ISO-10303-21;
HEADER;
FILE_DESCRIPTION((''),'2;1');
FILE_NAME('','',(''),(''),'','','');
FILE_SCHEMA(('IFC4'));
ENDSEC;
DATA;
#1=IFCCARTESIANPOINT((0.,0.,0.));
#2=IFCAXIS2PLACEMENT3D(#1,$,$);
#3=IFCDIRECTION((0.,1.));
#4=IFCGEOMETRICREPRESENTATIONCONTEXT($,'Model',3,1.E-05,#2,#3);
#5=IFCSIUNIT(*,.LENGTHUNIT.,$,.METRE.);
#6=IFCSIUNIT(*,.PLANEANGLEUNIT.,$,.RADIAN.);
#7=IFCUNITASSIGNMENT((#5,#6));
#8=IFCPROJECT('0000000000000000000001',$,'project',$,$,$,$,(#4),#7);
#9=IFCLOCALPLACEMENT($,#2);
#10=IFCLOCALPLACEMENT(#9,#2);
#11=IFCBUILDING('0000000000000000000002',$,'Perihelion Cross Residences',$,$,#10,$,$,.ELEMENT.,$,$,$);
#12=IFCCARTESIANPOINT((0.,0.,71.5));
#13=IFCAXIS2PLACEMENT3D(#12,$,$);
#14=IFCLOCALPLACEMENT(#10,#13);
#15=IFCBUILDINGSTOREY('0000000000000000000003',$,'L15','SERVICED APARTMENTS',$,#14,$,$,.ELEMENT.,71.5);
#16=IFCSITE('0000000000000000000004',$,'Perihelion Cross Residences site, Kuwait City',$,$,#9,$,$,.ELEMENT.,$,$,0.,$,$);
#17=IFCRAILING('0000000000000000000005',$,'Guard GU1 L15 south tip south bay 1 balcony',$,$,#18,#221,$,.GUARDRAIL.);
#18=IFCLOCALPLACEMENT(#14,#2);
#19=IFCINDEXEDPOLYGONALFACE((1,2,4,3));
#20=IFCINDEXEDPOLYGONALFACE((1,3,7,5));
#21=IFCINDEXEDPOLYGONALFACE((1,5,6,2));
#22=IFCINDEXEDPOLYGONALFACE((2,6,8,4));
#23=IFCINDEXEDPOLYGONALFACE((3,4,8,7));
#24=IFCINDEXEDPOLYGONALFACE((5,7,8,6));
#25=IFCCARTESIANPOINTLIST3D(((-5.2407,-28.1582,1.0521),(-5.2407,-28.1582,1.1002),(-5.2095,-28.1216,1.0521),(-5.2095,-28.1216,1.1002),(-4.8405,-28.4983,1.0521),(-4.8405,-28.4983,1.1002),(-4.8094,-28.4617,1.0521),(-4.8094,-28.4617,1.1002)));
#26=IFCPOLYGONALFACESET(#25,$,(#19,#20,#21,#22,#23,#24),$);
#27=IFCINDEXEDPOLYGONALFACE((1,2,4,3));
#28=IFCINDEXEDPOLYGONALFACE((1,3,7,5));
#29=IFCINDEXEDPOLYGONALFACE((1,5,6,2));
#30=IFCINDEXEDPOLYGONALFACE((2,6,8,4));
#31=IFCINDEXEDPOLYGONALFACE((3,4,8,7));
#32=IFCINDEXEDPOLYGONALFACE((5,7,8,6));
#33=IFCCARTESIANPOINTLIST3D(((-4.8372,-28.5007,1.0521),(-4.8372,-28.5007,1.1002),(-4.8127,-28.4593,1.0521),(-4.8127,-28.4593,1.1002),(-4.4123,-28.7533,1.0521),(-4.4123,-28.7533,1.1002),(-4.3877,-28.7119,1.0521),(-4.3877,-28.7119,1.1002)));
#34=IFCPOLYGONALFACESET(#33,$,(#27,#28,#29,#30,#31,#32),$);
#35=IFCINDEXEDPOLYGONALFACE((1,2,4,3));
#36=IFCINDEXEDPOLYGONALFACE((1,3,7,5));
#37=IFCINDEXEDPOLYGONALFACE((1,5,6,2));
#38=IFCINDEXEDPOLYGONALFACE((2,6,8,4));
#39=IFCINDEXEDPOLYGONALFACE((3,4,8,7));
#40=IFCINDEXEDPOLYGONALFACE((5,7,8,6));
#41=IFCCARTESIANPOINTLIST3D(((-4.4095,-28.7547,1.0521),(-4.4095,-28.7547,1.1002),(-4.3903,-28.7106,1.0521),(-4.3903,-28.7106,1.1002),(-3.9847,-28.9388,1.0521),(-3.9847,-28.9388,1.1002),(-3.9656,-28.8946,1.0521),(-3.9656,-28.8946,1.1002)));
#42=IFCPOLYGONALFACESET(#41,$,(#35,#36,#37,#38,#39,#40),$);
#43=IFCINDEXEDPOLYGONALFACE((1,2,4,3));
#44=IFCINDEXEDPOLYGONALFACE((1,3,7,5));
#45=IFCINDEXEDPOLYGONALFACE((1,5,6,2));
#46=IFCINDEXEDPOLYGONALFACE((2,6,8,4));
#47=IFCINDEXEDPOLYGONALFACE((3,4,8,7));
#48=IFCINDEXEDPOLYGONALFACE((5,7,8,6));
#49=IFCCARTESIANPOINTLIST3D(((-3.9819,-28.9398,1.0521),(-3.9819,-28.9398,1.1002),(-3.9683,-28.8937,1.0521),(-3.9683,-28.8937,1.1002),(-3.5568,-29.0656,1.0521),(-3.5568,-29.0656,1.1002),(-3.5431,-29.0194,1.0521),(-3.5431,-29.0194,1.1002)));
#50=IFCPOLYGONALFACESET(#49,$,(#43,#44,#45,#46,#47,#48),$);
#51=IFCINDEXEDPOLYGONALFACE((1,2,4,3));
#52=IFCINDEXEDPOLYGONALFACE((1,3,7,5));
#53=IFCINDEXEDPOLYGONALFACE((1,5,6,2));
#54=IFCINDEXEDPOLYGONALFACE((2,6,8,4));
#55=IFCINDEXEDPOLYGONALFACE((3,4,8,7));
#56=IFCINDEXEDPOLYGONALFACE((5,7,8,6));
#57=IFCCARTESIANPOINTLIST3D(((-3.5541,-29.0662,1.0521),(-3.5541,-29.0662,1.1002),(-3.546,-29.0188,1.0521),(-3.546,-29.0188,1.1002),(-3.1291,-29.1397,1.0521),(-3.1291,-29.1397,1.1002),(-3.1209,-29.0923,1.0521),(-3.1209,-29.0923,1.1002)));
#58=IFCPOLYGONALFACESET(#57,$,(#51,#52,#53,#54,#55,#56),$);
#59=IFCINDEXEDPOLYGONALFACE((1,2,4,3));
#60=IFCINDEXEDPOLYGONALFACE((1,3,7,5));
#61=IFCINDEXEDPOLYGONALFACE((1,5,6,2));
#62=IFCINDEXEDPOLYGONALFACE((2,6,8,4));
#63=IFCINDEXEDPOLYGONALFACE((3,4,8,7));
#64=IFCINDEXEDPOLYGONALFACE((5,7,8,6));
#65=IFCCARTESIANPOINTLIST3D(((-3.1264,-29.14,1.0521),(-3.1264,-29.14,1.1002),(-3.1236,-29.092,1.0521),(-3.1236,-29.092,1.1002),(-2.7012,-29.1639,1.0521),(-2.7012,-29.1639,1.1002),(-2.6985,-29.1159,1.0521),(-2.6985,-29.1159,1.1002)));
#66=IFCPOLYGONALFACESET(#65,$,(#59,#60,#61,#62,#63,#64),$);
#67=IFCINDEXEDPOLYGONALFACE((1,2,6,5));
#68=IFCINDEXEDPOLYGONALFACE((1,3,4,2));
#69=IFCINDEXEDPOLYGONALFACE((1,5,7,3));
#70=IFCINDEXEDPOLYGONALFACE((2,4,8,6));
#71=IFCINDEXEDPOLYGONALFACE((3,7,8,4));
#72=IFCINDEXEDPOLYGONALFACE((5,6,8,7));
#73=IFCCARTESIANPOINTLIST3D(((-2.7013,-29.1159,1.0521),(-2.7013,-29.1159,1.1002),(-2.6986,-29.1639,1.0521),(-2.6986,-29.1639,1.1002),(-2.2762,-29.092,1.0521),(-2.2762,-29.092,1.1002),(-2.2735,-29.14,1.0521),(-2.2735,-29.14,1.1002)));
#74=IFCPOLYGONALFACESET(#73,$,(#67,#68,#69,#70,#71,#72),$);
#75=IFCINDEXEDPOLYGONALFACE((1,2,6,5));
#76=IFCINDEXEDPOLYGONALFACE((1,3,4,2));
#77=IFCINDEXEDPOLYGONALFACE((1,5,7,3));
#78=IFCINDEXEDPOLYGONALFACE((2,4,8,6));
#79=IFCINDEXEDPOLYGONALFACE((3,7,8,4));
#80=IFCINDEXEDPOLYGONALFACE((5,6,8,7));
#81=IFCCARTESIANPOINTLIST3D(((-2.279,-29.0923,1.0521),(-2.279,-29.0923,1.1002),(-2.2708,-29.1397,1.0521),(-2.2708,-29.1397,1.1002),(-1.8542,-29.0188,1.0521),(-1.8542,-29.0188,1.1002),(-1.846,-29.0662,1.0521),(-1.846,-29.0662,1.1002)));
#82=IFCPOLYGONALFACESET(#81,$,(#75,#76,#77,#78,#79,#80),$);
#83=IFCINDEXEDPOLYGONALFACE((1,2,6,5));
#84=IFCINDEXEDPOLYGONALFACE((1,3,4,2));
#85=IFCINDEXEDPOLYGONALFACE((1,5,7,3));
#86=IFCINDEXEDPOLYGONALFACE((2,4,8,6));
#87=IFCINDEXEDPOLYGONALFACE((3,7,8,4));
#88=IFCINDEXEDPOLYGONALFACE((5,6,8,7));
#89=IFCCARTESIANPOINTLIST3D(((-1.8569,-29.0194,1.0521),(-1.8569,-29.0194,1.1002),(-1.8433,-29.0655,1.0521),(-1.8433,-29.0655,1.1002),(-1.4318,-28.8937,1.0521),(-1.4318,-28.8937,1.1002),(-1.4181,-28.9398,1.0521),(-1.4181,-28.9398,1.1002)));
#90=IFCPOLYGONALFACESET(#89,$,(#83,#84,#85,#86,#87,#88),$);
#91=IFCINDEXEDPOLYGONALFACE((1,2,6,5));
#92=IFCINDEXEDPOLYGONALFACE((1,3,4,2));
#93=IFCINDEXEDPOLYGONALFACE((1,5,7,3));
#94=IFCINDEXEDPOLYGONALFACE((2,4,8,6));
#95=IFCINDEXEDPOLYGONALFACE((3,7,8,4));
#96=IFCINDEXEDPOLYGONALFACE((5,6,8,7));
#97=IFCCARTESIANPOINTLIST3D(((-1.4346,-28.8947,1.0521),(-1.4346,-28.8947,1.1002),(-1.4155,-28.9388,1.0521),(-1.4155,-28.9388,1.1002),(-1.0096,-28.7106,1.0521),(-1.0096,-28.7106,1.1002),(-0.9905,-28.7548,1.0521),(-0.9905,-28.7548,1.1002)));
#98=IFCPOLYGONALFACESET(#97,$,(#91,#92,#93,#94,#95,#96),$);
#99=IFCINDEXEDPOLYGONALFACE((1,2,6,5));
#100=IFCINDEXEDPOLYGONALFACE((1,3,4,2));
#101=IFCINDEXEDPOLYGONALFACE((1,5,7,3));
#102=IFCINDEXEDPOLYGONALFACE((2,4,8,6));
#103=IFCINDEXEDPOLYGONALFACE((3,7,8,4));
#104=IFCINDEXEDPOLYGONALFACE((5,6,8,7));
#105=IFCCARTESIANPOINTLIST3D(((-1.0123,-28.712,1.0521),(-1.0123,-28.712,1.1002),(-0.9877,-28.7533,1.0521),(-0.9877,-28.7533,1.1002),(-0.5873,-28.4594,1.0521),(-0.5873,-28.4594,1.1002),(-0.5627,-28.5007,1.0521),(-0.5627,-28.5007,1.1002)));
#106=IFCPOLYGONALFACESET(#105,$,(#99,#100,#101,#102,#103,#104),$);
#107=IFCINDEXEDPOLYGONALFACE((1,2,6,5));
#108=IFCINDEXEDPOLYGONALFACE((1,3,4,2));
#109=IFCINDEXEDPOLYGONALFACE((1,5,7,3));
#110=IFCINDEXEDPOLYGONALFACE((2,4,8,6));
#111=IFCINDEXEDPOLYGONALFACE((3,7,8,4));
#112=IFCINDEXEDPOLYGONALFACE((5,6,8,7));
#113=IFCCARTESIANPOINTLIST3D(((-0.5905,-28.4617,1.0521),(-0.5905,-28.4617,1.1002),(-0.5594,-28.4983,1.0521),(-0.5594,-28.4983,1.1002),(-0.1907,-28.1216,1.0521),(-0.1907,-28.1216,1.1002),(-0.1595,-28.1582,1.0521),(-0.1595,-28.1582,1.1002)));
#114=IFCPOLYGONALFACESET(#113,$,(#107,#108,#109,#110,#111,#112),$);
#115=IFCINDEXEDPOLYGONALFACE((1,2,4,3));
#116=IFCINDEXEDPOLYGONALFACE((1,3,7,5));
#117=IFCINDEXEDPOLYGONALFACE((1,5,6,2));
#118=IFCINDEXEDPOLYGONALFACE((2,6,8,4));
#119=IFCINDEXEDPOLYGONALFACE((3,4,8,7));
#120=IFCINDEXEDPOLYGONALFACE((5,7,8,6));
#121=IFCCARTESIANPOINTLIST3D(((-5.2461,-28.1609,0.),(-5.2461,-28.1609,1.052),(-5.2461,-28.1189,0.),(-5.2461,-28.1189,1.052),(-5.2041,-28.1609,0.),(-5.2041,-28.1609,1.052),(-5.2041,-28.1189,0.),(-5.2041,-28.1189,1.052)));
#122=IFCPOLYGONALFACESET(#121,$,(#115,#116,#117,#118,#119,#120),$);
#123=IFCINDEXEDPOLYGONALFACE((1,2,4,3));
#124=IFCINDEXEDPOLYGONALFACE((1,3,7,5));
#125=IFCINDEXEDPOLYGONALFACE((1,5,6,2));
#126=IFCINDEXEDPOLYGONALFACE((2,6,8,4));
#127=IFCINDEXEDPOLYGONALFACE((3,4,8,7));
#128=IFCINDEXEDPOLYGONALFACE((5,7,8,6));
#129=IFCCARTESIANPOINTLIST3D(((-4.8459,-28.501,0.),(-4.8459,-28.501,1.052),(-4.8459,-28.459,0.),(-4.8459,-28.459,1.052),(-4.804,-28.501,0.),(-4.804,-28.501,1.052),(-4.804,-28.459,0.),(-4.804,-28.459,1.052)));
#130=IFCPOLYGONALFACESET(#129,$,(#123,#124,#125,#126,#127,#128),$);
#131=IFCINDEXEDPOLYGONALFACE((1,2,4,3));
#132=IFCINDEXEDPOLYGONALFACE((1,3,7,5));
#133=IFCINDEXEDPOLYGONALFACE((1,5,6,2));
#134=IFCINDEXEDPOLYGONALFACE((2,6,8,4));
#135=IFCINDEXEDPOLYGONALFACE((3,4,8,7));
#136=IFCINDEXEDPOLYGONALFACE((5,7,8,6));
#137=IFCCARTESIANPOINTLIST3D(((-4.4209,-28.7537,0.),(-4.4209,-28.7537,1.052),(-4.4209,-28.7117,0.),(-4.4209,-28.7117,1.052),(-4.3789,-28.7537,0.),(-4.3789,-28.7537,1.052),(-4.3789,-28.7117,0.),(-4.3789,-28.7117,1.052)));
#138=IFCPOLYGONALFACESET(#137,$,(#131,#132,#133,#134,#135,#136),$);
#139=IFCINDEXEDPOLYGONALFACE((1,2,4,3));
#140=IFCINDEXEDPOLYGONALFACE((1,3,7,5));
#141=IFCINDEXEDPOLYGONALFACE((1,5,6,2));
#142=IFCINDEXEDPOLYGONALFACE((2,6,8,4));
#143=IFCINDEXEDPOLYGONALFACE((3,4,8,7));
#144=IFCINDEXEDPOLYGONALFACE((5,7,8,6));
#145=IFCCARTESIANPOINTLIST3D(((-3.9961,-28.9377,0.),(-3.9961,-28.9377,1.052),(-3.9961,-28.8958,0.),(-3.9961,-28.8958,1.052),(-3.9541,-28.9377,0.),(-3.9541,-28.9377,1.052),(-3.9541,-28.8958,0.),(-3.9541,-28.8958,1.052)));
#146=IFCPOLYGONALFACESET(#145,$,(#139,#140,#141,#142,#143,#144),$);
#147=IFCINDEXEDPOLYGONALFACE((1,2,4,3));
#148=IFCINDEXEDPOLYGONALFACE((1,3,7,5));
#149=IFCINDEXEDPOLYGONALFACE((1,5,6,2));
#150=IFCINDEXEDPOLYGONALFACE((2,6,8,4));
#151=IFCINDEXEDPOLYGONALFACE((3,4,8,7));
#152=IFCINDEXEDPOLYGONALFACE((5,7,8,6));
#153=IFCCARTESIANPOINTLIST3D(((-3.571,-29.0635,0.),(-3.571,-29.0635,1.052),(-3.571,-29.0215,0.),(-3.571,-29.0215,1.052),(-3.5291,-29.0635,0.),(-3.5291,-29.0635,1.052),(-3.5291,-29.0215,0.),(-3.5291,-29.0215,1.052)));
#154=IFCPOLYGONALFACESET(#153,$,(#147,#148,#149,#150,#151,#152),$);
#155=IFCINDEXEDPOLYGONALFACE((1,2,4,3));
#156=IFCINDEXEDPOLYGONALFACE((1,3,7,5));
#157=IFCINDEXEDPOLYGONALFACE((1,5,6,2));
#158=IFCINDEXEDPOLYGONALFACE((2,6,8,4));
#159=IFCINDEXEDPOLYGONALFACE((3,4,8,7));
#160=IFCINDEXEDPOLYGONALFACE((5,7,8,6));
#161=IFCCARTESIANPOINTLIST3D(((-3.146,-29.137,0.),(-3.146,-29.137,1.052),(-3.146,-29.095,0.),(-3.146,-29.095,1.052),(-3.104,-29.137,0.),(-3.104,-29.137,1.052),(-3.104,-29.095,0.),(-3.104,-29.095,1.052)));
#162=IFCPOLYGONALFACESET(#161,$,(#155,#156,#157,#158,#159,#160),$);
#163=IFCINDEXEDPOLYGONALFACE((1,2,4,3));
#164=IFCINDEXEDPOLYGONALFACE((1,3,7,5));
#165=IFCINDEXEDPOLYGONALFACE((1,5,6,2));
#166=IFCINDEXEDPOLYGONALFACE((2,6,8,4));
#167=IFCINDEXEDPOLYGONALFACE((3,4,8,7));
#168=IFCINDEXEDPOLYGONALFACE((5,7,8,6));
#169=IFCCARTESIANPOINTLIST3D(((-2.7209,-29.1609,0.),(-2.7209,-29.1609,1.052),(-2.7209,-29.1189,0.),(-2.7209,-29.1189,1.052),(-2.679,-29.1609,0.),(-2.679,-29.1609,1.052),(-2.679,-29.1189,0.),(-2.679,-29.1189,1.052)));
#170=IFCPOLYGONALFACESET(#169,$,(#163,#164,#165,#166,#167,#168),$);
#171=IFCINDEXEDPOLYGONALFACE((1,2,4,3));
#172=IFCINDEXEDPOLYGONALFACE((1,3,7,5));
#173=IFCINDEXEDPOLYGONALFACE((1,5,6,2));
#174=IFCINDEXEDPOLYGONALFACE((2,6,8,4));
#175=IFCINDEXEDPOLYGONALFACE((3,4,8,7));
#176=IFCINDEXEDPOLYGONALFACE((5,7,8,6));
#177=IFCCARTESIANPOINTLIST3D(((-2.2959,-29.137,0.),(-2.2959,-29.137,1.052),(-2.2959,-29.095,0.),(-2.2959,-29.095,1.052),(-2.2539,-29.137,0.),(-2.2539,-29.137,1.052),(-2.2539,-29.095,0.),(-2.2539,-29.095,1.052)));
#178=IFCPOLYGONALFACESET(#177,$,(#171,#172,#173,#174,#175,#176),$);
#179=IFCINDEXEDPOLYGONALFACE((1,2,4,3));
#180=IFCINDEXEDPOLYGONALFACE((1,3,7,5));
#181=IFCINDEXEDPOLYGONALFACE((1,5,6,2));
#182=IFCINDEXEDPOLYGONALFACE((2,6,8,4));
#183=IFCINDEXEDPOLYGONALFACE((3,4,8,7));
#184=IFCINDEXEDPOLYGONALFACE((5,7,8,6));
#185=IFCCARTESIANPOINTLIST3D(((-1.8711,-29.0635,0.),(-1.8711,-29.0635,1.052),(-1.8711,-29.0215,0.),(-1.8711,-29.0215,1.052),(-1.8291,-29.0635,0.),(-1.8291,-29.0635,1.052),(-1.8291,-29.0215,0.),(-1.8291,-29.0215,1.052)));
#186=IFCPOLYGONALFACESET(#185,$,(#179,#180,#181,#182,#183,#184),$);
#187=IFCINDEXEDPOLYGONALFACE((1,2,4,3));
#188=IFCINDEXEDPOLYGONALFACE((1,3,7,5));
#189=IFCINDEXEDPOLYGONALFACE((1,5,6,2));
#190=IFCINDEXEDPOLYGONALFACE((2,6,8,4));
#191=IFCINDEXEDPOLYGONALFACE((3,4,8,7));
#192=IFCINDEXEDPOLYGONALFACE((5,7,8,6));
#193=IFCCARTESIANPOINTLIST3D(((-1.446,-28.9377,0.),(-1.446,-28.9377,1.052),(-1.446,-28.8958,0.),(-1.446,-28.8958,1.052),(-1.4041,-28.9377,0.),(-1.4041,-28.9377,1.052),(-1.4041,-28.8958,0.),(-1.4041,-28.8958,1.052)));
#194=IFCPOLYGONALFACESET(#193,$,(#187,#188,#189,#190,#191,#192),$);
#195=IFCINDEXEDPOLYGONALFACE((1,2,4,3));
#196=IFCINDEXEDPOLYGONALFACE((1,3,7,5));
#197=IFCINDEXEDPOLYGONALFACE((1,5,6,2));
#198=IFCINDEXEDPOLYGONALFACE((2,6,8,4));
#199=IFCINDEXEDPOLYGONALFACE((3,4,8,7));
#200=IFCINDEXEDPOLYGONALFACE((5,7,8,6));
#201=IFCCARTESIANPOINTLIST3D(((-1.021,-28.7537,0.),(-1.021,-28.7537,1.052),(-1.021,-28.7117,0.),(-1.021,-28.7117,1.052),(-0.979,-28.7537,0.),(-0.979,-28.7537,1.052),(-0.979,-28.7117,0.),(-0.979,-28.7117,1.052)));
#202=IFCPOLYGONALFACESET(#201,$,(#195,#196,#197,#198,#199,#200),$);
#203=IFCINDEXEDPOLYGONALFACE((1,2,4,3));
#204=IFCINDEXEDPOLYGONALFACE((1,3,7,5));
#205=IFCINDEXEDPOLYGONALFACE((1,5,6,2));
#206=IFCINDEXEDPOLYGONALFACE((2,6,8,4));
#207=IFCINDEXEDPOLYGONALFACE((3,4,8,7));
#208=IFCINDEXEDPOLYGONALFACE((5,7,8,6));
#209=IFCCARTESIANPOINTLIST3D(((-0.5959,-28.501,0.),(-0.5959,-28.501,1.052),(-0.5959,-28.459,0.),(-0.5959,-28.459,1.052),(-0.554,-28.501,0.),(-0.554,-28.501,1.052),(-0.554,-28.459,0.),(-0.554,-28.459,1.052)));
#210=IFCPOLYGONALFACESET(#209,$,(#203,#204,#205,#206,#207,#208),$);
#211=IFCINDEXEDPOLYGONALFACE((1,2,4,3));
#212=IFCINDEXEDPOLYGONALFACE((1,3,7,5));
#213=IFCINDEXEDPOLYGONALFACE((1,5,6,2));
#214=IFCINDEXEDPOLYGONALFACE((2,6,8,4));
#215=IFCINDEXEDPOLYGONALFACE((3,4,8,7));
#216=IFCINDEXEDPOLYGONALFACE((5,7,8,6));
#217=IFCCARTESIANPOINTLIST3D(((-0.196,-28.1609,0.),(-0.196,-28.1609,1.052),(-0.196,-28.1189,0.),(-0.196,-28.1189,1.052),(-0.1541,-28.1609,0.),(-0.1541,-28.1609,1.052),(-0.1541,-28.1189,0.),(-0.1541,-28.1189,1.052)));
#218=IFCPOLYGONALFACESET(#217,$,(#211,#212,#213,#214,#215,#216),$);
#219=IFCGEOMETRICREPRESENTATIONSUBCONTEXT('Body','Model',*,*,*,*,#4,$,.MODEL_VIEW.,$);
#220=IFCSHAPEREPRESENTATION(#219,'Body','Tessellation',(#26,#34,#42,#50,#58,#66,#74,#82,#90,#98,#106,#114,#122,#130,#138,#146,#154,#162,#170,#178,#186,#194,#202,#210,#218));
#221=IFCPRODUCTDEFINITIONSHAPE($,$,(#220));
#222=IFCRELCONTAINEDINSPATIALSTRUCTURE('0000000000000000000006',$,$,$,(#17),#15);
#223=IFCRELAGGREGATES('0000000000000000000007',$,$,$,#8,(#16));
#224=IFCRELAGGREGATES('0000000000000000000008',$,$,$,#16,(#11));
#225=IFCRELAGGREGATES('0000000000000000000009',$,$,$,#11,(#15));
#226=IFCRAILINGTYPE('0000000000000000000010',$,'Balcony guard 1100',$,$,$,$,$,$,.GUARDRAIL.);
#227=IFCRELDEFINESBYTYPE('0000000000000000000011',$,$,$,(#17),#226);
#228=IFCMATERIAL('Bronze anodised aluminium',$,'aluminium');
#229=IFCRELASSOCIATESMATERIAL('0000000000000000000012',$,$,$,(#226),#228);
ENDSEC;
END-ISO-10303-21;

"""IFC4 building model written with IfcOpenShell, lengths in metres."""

from ifc_helpers import new_model, si_unit, direction, frame, origin, origin_2d, place, context, subcontext, project, spatial, rectangle, extrude, material, type_object, element, save


model = new_model("IFC4")

# Units and contexts
model_context = context("Model", 3, precision=1e-05, world=origin(), true_north=direction((0.0, 1.0)))
body_context = subcontext(model_context, "Body", "Model", "MODEL_VIEW")
ifc_project = project(units=[si_unit("LENGTHUNIT", "METRE"), si_unit("PLANEANGLEUNIT", "RADIAN")], contexts=[model_context])

# Site, building, storey
site_placement = place(None, origin())
site = spatial("IfcSite", under=ifc_project, at=site_placement, Name="Perihelion Cross Residences site, Kuwait City", CompositionType="ELEMENT", RefElevation=0.0)
building_placement = place(site_placement, origin())
building = spatial("IfcBuilding", under=site, at=building_placement, Name="Perihelion Cross Residences", CompositionType="ELEMENT")
storey_placement = place(building_placement, frame((0.0, 0.0, 71.5)))
storey = spatial("IfcBuildingStorey", under=building, at=storey_placement, Name="L15", Description="SERVICED APARTMENTS", CompositionType="ELEMENT", Elevation=71.5)

# Railing
ifc_material_1 = material(Name="Bronze anodised aluminium", Category="aluminium")
railing_type = type_object("IfcRailingType", Name="Balcony guard 1100", PredefinedType="GUARDRAIL", material=ifc_material_1)
railing_placement = place(storey_placement, frame((-5.2251, -28.1399, 0.0)))
element("IfcRailing", 1, at=railing_placement, inside=storey, type_object=railing_type, Name="Guard GU1 L15 south tip south bay 1 balcony", PredefinedType="GUARDRAIL", context=body_context, shape_type="SweptSolid", body=[
    extrude(rectangle(XDim=0.0481, YDim=0.0481, at=origin_2d()), frame((0.0, 0.0, 1.0762), z_axis=(0.761974, -0.647608, 0.0), x_axis=(0.647608, 0.761974, 0.0)), (0.0, 0.0, 1.0), 0.5251),
    extrude(rectangle(XDim=0.0481, YDim=0.0481, at=origin_2d()), frame((0.4001, -0.3401, 1.0762), z_axis=(0.859577, -0.511006, 0.0), x_axis=(0.511006, 0.859577, 0.0)), (0.0, 0.0, 1.0), 0.4944),
    extrude(rectangle(XDim=0.0481, YDim=0.0481, at=origin_2d()), frame((0.8252, -0.5928, 1.0762), z_axis=(0.917556, -0.397607, 0.0), x_axis=(0.397607, 0.917556, 0.0)), (0.0, 0.0, 1.0), 0.4629),
    extrude(rectangle(XDim=0.0481, YDim=0.0481, at=origin_2d()), frame((1.25, -0.7769, 1.0762), z_axis=(0.958926, -0.283657, 0.0), x_axis=(0.283657, 0.958926, 0.0)), (0.0, 0.0, 1.0), 0.4434),
    extrude(rectangle(XDim=0.0481, YDim=0.0481, at=origin_2d()), frame((1.675, -0.9026, 1.0762), z_axis=(0.985382, -0.170362, 0.0), x_axis=(0.170362, 0.985382, 0.0)), (0.0, 0.0, 1.0), 0.4314),
    extrude(rectangle(XDim=0.0481, YDim=0.0481, at=origin_2d()), frame((2.1001, -0.9761, 1.0762), z_axis=(0.99842, -0.056201, 0.0), x_axis=(0.056201, 0.99842, 0.0)), (0.0, 0.0, 1.0), 0.4258),
    extrude(rectangle(XDim=0.0481, YDim=0.0481, at=origin_2d()), frame((2.5251, -1.0, 1.0762), z_axis=(0.99842, 0.056201, 0.0), x_axis=(-0.056201, 0.99842, 0.0)), (0.0, 0.0, 1.0), 0.4258),
    extrude(rectangle(XDim=0.0481, YDim=0.0481, at=origin_2d()), frame((2.9502, -0.9761, 1.0762), z_axis=(0.985365, 0.170457, 0.0), x_axis=(-0.170457, 0.985365, 0.0)), (0.0, 0.0, 1.0), 0.4312),
    extrude(rectangle(XDim=0.0481, YDim=0.0481, at=origin_2d()), frame((3.375, -0.9026, 1.0762), z_axis=(0.958926, 0.283657, 0.0), x_axis=(-0.283657, 0.958926, 0.0)), (0.0, 0.0, 1.0), 0.4434),
    extrude(rectangle(XDim=0.0481, YDim=0.0481, at=origin_2d()), frame((3.8, -0.7769, 1.0762), z_axis=(0.917639, 0.397415, 0.0), x_axis=(-0.397415, 0.917639, 0.0)), (0.0, 0.0, 1.0), 0.4631),
    extrude(rectangle(XDim=0.0481, YDim=0.0481, at=origin_2d()), frame((4.2251, -0.5928, 1.0762), z_axis=(0.859577, 0.511006, 0.0), x_axis=(-0.511006, 0.859577, 0.0)), (0.0, 0.0, 1.0), 0.4944),
    extrude(rectangle(XDim=0.0481, YDim=0.0481, at=origin_2d()), frame((4.6501, -0.3401, 1.0762), z_axis=(0.761779, 0.647837, 0.0), x_axis=(-0.647837, 0.761779, 0.0)), (0.0, 0.0, 1.0), 0.5249),
    extrude(rectangle(XDim=0.042, YDim=0.042, at=origin_2d()), origin(), (0.0, 0.0, 1.0), 1.052),
    extrude(rectangle(XDim=0.042, YDim=0.042, at=origin_2d()), frame((0.4001, -0.3401, 0.0)), (0.0, 0.0, 1.0), 1.052),
    extrude(rectangle(XDim=0.042, YDim=0.042, at=origin_2d()), frame((0.8252, -0.5928, 0.0)), (0.0, 0.0, 1.0), 1.052),
    extrude(rectangle(XDim=0.042, YDim=0.042, at=origin_2d()), frame((1.25, -0.7769, 0.0)), (0.0, 0.0, 1.0), 1.052),
    extrude(rectangle(XDim=0.042, YDim=0.042, at=origin_2d()), frame((1.675, -0.9026, 0.0)), (0.0, 0.0, 1.0), 1.052),
    extrude(rectangle(XDim=0.042, YDim=0.042, at=origin_2d()), frame((2.1001, -0.9761, 0.0)), (0.0, 0.0, 1.0), 1.052),
    extrude(rectangle(XDim=0.042, YDim=0.042, at=origin_2d()), frame((2.5251, -1.0, 0.0)), (0.0, 0.0, 1.0), 1.052),
    extrude(rectangle(XDim=0.042, YDim=0.042, at=origin_2d()), frame((2.9502, -0.9761, 0.0)), (0.0, 0.0, 1.0), 1.052),
    extrude(rectangle(XDim=0.042, YDim=0.042, at=origin_2d()), frame((3.375, -0.9026, 0.0)), (0.0, 0.0, 1.0), 1.052),
    extrude(rectangle(XDim=0.042, YDim=0.042, at=origin_2d()), frame((3.8, -0.7769, 0.0)), (0.0, 0.0, 1.0), 1.052),
    extrude(rectangle(XDim=0.042, YDim=0.042, at=origin_2d()), frame((4.2251, -0.5928, 0.0)), (0.0, 0.0, 1.0), 1.052),
    extrude(rectangle(XDim=0.042, YDim=0.042, at=origin_2d()), frame((4.6501, -0.3401, 0.0)), (0.0, 0.0, 1.0), 1.052),
    extrude(rectangle(XDim=0.042, YDim=0.042, at=origin_2d()), frame((5.05, 0.0, 0.0)), (0.0, 0.0, 1.0), 1.052),
])

save(model, "model.ifc")
